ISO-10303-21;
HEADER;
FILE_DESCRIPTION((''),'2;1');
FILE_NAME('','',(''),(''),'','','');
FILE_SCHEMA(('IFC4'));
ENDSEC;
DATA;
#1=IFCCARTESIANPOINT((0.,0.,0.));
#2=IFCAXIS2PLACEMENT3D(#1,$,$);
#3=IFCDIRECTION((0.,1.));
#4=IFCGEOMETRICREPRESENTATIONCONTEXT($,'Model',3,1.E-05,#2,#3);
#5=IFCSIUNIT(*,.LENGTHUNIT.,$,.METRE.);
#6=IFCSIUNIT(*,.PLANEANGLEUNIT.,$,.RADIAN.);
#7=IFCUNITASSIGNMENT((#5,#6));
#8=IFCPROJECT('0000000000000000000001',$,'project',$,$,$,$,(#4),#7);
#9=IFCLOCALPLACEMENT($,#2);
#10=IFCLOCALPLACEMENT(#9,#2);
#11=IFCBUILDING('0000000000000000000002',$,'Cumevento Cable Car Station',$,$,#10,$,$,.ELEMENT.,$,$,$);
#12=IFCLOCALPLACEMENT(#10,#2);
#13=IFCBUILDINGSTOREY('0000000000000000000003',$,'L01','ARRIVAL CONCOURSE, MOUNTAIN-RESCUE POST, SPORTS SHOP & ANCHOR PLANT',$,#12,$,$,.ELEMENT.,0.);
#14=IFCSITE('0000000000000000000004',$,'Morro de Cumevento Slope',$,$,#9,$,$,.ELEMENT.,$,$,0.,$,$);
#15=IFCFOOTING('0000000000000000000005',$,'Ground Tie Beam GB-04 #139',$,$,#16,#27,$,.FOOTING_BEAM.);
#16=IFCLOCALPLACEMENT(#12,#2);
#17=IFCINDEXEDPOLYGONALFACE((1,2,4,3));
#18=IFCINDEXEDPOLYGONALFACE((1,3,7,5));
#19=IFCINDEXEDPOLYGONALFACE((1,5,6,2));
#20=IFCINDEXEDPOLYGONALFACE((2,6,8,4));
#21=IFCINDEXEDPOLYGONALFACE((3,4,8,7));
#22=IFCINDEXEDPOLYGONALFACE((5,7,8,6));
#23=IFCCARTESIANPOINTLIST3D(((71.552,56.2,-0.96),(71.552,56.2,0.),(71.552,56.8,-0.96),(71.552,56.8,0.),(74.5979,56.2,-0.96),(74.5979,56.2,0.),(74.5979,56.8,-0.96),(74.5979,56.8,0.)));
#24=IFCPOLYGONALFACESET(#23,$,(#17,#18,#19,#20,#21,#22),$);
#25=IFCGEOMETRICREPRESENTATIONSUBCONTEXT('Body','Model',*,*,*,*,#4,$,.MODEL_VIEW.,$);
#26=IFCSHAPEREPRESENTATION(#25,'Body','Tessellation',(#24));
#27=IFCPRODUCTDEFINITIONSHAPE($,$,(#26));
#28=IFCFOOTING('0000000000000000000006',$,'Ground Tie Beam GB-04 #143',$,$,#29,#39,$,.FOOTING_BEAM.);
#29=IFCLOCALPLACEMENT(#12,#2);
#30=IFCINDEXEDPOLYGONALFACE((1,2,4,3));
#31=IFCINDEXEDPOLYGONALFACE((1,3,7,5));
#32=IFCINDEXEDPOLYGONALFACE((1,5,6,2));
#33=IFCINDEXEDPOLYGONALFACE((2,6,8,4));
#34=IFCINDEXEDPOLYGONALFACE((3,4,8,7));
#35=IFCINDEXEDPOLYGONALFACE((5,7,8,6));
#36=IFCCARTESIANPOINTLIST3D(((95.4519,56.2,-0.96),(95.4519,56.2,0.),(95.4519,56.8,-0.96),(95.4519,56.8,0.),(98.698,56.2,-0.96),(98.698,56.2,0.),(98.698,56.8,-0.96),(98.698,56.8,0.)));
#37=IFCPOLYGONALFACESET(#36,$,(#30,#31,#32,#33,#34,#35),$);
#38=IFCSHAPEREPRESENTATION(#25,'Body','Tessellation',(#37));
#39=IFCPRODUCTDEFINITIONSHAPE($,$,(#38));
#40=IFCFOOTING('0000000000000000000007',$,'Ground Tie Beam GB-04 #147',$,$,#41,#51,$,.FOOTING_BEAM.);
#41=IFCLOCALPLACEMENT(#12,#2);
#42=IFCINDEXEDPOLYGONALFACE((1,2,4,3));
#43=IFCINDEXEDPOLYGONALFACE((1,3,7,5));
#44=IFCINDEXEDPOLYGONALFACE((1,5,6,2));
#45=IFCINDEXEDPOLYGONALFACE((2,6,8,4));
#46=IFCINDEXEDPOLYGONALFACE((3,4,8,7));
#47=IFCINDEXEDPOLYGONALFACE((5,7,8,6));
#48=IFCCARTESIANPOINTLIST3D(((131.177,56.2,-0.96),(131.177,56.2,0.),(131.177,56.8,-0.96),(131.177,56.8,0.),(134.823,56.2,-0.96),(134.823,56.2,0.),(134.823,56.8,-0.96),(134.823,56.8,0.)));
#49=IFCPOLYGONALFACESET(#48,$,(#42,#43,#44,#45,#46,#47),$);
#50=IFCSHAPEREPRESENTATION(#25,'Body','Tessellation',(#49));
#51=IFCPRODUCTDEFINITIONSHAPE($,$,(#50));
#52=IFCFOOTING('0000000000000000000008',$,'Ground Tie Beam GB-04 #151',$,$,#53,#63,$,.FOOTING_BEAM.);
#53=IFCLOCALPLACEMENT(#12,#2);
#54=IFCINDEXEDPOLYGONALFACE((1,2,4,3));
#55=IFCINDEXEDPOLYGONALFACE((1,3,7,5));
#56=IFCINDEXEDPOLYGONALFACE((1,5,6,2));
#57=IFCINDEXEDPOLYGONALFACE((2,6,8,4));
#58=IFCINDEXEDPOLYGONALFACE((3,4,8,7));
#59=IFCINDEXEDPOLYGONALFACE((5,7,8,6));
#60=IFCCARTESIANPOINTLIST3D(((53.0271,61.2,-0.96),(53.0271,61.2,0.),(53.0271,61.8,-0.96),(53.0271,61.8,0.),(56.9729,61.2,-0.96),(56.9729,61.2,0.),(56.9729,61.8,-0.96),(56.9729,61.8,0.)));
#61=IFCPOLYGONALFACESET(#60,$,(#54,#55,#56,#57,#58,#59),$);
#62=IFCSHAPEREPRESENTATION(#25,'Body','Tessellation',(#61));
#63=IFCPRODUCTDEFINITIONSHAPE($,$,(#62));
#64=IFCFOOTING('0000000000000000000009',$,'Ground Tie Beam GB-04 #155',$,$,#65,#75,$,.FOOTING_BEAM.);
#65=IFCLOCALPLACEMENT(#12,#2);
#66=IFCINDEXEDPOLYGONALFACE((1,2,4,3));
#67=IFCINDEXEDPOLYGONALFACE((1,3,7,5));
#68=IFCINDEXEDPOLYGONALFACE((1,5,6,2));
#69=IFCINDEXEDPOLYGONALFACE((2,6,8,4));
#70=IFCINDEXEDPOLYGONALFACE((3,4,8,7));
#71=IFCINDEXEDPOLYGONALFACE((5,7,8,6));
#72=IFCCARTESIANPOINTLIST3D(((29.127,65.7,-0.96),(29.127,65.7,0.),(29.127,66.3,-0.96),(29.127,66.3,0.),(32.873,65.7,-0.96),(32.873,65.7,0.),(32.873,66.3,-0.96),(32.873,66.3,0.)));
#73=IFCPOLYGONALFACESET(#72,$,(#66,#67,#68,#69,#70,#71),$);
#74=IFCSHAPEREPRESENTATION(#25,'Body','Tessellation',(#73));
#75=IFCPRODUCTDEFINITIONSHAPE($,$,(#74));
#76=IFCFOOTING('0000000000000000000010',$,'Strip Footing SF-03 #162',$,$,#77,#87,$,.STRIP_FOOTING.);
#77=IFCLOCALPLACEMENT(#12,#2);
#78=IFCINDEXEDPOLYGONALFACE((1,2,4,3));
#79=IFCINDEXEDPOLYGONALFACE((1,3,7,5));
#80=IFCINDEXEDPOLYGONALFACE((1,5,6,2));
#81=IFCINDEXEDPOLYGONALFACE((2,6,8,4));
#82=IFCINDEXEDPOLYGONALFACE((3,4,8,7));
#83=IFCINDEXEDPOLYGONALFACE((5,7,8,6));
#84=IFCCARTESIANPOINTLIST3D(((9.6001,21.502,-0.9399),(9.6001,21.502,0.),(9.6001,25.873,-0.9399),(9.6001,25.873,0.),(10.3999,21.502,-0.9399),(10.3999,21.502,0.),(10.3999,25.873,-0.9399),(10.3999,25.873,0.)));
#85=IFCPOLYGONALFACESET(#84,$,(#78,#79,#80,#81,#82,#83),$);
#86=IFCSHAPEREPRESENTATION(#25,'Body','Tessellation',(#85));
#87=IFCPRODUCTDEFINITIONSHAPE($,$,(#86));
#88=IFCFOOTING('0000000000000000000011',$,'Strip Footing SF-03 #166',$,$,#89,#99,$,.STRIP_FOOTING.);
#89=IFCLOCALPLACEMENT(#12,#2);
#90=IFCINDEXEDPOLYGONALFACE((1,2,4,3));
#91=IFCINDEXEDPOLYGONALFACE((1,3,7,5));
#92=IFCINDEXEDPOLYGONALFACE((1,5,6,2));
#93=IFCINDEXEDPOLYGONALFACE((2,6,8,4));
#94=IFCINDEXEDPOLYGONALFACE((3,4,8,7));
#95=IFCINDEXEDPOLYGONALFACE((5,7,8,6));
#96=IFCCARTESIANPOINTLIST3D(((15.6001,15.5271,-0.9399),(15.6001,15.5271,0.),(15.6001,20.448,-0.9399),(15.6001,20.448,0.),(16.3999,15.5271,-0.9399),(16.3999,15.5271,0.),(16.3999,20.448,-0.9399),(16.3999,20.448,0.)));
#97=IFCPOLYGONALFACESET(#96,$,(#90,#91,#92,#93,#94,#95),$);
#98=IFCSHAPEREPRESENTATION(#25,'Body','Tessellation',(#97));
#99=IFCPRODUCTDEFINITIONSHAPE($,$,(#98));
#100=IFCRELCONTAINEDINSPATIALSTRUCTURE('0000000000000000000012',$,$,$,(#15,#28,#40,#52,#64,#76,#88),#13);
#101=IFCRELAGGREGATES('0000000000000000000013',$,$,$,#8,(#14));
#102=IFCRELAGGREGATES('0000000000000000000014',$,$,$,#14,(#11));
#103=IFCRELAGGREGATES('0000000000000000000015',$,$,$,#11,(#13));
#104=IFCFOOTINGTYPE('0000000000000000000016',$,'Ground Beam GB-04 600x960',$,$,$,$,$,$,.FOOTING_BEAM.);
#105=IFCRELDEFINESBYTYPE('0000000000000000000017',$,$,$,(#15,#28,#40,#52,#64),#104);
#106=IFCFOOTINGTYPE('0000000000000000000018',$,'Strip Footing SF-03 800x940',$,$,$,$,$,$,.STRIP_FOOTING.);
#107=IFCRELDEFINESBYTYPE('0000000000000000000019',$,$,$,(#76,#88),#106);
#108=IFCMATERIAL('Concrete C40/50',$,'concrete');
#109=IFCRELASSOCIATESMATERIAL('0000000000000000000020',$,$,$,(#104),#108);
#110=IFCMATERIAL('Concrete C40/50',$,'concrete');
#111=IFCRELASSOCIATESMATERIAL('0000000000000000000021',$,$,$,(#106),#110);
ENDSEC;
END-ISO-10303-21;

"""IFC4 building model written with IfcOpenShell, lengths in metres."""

from ifc_helpers import new_model, si_unit, direction, frame, origin, place, context, subcontext, project, spatial, polyline, outline, extrude, material, type_object, element, save


model = new_model("IFC4")

# Units and contexts
model_context = context("Model", 3, precision=1e-05, world=origin(), true_north=direction((0.0, 1.0)))
body_context = subcontext(model_context, "Body", "Model", "MODEL_VIEW")
ifc_project = project(units=[si_unit("LENGTHUNIT", "METRE"), si_unit("PLANEANGLEUNIT", "RADIAN")], contexts=[model_context])

# Site, building, storey
site_placement = place(None, origin())
site = spatial("IfcSite", under=ifc_project, at=site_placement, Name="Morro de Cumevento Slope", CompositionType="ELEMENT", RefElevation=0.0)
building_placement = place(site_placement, origin())
building = spatial("IfcBuilding", under=site, at=building_placement, Name="Cumevento Cable Car Station", CompositionType="ELEMENT")
storey_placement = place(building_placement, origin())
storey = spatial("IfcBuildingStorey", under=building, at=storey_placement, Name="L01", Description="ARRIVAL CONCOURSE, MOUNTAIN-RESCUE POST, SPORTS SHOP & ANCHOR PLANT", CompositionType="ELEMENT", Elevation=0.0)

# Footings
ifc_material_1 = material(Name="Concrete C40/50", Category="concrete")
footing_type_1 = type_object("IfcFootingType", Name="Ground Beam GB-04 600x960", PredefinedType="FOOTING_BEAM", material=ifc_material_1)
footing_1_placement = place(storey_placement, frame((0.0, 0.0, -0.96)))
element("IfcFooting", 1, at=footing_1_placement, inside=storey, type_object=footing_type_1, Name="Ground Tie Beam GB-04 #139", PredefinedType="FOOTING_BEAM", context=body_context, shape_type="SweptSolid", body=[
    extrude(outline(polyline([(71.552, 56.2), (74.5979, 56.2), (74.5979, 56.8), (71.552, 56.8), (71.552, 56.2)])), origin(), (0.0, 0.0, 1.0), 0.96),
])
footing_2_placement = place(storey_placement, frame((0.0, 0.0, -0.96)))
element("IfcFooting", 2, at=footing_2_placement, inside=storey, type_object=footing_type_1, Name="Ground Tie Beam GB-04 #143", PredefinedType="FOOTING_BEAM", context=body_context, shape_type="SweptSolid", body=[
    extrude(outline(polyline([(95.4519, 56.2), (98.698, 56.2), (98.698, 56.8), (95.4519, 56.8), (95.4519, 56.2)])), origin(), (0.0, 0.0, 1.0), 0.96),
])
footing_3_placement = place(storey_placement, frame((0.0, 0.0, -0.96)))
element("IfcFooting", 3, at=footing_3_placement, inside=storey, type_object=footing_type_1, Name="Ground Tie Beam GB-04 #147", PredefinedType="FOOTING_BEAM", context=body_context, shape_type="SweptSolid", body=[
    extrude(outline(polyline([(131.177, 56.2), (134.823, 56.2), (134.823, 56.8), (131.177, 56.8), (131.177, 56.2)])), origin(), (0.0, 0.0, 1.0), 0.96),
])
footing_4_placement = place(storey_placement, frame((0.0, 0.0, -0.96)))
element("IfcFooting", 4, at=footing_4_placement, inside=storey, type_object=footing_type_1, Name="Ground Tie Beam GB-04 #151", PredefinedType="FOOTING_BEAM", context=body_context, shape_type="SweptSolid", body=[
    extrude(outline(polyline([(53.0271, 61.2), (56.9729, 61.2), (56.9729, 61.8), (53.0271, 61.8), (53.0271, 61.2)])), origin(), (0.0, 0.0, 1.0), 0.96),
])
footing_5_placement = place(storey_placement, frame((0.0, 0.0, -0.96)))
element("IfcFooting", 5, at=footing_5_placement, inside=storey, type_object=footing_type_1, Name="Ground Tie Beam GB-04 #155", PredefinedType="FOOTING_BEAM", context=body_context, shape_type="SweptSolid", body=[
    extrude(outline(polyline([(29.127, 65.7), (32.873, 65.7), (32.873, 66.3), (29.127, 66.3), (29.127, 65.7)])), origin(), (0.0, 0.0, 1.0), 0.96),
])
ifc_material_2 = material(Name="Concrete C40/50", Category="concrete")
footing_type_2 = type_object("IfcFootingType", Name="Strip Footing SF-03 800x940", PredefinedType="STRIP_FOOTING", material=ifc_material_2)
footing_6_placement = place(storey_placement, frame((0.0, 0.0, -0.9399)))
element("IfcFooting", 6, at=footing_6_placement, inside=storey, type_object=footing_type_2, Name="Strip Footing SF-03 #162", PredefinedType="STRIP_FOOTING", context=body_context, shape_type="SweptSolid", body=[
    extrude(outline(polyline([(9.6001, 21.502), (10.3999, 21.502), (10.3999, 25.873), (9.6001, 25.873), (9.6001, 21.502)])), origin(), (0.0, 0.0, 1.0), 0.9399),
])
footing_7_placement = place(storey_placement, frame((0.0, 0.0, -0.9399)))
element("IfcFooting", 7, at=footing_7_placement, inside=storey, type_object=footing_type_2, Name="Strip Footing SF-03 #166", PredefinedType="STRIP_FOOTING", context=body_context, shape_type="SweptSolid", body=[
    extrude(outline(polyline([(15.6001, 15.5271), (16.3999, 15.5271), (16.3999, 20.448), (15.6001, 20.448), (15.6001, 15.5271)])), origin(), (0.0, 0.0, 1.0), 0.9399),
])

save(model, "model.ifc")
